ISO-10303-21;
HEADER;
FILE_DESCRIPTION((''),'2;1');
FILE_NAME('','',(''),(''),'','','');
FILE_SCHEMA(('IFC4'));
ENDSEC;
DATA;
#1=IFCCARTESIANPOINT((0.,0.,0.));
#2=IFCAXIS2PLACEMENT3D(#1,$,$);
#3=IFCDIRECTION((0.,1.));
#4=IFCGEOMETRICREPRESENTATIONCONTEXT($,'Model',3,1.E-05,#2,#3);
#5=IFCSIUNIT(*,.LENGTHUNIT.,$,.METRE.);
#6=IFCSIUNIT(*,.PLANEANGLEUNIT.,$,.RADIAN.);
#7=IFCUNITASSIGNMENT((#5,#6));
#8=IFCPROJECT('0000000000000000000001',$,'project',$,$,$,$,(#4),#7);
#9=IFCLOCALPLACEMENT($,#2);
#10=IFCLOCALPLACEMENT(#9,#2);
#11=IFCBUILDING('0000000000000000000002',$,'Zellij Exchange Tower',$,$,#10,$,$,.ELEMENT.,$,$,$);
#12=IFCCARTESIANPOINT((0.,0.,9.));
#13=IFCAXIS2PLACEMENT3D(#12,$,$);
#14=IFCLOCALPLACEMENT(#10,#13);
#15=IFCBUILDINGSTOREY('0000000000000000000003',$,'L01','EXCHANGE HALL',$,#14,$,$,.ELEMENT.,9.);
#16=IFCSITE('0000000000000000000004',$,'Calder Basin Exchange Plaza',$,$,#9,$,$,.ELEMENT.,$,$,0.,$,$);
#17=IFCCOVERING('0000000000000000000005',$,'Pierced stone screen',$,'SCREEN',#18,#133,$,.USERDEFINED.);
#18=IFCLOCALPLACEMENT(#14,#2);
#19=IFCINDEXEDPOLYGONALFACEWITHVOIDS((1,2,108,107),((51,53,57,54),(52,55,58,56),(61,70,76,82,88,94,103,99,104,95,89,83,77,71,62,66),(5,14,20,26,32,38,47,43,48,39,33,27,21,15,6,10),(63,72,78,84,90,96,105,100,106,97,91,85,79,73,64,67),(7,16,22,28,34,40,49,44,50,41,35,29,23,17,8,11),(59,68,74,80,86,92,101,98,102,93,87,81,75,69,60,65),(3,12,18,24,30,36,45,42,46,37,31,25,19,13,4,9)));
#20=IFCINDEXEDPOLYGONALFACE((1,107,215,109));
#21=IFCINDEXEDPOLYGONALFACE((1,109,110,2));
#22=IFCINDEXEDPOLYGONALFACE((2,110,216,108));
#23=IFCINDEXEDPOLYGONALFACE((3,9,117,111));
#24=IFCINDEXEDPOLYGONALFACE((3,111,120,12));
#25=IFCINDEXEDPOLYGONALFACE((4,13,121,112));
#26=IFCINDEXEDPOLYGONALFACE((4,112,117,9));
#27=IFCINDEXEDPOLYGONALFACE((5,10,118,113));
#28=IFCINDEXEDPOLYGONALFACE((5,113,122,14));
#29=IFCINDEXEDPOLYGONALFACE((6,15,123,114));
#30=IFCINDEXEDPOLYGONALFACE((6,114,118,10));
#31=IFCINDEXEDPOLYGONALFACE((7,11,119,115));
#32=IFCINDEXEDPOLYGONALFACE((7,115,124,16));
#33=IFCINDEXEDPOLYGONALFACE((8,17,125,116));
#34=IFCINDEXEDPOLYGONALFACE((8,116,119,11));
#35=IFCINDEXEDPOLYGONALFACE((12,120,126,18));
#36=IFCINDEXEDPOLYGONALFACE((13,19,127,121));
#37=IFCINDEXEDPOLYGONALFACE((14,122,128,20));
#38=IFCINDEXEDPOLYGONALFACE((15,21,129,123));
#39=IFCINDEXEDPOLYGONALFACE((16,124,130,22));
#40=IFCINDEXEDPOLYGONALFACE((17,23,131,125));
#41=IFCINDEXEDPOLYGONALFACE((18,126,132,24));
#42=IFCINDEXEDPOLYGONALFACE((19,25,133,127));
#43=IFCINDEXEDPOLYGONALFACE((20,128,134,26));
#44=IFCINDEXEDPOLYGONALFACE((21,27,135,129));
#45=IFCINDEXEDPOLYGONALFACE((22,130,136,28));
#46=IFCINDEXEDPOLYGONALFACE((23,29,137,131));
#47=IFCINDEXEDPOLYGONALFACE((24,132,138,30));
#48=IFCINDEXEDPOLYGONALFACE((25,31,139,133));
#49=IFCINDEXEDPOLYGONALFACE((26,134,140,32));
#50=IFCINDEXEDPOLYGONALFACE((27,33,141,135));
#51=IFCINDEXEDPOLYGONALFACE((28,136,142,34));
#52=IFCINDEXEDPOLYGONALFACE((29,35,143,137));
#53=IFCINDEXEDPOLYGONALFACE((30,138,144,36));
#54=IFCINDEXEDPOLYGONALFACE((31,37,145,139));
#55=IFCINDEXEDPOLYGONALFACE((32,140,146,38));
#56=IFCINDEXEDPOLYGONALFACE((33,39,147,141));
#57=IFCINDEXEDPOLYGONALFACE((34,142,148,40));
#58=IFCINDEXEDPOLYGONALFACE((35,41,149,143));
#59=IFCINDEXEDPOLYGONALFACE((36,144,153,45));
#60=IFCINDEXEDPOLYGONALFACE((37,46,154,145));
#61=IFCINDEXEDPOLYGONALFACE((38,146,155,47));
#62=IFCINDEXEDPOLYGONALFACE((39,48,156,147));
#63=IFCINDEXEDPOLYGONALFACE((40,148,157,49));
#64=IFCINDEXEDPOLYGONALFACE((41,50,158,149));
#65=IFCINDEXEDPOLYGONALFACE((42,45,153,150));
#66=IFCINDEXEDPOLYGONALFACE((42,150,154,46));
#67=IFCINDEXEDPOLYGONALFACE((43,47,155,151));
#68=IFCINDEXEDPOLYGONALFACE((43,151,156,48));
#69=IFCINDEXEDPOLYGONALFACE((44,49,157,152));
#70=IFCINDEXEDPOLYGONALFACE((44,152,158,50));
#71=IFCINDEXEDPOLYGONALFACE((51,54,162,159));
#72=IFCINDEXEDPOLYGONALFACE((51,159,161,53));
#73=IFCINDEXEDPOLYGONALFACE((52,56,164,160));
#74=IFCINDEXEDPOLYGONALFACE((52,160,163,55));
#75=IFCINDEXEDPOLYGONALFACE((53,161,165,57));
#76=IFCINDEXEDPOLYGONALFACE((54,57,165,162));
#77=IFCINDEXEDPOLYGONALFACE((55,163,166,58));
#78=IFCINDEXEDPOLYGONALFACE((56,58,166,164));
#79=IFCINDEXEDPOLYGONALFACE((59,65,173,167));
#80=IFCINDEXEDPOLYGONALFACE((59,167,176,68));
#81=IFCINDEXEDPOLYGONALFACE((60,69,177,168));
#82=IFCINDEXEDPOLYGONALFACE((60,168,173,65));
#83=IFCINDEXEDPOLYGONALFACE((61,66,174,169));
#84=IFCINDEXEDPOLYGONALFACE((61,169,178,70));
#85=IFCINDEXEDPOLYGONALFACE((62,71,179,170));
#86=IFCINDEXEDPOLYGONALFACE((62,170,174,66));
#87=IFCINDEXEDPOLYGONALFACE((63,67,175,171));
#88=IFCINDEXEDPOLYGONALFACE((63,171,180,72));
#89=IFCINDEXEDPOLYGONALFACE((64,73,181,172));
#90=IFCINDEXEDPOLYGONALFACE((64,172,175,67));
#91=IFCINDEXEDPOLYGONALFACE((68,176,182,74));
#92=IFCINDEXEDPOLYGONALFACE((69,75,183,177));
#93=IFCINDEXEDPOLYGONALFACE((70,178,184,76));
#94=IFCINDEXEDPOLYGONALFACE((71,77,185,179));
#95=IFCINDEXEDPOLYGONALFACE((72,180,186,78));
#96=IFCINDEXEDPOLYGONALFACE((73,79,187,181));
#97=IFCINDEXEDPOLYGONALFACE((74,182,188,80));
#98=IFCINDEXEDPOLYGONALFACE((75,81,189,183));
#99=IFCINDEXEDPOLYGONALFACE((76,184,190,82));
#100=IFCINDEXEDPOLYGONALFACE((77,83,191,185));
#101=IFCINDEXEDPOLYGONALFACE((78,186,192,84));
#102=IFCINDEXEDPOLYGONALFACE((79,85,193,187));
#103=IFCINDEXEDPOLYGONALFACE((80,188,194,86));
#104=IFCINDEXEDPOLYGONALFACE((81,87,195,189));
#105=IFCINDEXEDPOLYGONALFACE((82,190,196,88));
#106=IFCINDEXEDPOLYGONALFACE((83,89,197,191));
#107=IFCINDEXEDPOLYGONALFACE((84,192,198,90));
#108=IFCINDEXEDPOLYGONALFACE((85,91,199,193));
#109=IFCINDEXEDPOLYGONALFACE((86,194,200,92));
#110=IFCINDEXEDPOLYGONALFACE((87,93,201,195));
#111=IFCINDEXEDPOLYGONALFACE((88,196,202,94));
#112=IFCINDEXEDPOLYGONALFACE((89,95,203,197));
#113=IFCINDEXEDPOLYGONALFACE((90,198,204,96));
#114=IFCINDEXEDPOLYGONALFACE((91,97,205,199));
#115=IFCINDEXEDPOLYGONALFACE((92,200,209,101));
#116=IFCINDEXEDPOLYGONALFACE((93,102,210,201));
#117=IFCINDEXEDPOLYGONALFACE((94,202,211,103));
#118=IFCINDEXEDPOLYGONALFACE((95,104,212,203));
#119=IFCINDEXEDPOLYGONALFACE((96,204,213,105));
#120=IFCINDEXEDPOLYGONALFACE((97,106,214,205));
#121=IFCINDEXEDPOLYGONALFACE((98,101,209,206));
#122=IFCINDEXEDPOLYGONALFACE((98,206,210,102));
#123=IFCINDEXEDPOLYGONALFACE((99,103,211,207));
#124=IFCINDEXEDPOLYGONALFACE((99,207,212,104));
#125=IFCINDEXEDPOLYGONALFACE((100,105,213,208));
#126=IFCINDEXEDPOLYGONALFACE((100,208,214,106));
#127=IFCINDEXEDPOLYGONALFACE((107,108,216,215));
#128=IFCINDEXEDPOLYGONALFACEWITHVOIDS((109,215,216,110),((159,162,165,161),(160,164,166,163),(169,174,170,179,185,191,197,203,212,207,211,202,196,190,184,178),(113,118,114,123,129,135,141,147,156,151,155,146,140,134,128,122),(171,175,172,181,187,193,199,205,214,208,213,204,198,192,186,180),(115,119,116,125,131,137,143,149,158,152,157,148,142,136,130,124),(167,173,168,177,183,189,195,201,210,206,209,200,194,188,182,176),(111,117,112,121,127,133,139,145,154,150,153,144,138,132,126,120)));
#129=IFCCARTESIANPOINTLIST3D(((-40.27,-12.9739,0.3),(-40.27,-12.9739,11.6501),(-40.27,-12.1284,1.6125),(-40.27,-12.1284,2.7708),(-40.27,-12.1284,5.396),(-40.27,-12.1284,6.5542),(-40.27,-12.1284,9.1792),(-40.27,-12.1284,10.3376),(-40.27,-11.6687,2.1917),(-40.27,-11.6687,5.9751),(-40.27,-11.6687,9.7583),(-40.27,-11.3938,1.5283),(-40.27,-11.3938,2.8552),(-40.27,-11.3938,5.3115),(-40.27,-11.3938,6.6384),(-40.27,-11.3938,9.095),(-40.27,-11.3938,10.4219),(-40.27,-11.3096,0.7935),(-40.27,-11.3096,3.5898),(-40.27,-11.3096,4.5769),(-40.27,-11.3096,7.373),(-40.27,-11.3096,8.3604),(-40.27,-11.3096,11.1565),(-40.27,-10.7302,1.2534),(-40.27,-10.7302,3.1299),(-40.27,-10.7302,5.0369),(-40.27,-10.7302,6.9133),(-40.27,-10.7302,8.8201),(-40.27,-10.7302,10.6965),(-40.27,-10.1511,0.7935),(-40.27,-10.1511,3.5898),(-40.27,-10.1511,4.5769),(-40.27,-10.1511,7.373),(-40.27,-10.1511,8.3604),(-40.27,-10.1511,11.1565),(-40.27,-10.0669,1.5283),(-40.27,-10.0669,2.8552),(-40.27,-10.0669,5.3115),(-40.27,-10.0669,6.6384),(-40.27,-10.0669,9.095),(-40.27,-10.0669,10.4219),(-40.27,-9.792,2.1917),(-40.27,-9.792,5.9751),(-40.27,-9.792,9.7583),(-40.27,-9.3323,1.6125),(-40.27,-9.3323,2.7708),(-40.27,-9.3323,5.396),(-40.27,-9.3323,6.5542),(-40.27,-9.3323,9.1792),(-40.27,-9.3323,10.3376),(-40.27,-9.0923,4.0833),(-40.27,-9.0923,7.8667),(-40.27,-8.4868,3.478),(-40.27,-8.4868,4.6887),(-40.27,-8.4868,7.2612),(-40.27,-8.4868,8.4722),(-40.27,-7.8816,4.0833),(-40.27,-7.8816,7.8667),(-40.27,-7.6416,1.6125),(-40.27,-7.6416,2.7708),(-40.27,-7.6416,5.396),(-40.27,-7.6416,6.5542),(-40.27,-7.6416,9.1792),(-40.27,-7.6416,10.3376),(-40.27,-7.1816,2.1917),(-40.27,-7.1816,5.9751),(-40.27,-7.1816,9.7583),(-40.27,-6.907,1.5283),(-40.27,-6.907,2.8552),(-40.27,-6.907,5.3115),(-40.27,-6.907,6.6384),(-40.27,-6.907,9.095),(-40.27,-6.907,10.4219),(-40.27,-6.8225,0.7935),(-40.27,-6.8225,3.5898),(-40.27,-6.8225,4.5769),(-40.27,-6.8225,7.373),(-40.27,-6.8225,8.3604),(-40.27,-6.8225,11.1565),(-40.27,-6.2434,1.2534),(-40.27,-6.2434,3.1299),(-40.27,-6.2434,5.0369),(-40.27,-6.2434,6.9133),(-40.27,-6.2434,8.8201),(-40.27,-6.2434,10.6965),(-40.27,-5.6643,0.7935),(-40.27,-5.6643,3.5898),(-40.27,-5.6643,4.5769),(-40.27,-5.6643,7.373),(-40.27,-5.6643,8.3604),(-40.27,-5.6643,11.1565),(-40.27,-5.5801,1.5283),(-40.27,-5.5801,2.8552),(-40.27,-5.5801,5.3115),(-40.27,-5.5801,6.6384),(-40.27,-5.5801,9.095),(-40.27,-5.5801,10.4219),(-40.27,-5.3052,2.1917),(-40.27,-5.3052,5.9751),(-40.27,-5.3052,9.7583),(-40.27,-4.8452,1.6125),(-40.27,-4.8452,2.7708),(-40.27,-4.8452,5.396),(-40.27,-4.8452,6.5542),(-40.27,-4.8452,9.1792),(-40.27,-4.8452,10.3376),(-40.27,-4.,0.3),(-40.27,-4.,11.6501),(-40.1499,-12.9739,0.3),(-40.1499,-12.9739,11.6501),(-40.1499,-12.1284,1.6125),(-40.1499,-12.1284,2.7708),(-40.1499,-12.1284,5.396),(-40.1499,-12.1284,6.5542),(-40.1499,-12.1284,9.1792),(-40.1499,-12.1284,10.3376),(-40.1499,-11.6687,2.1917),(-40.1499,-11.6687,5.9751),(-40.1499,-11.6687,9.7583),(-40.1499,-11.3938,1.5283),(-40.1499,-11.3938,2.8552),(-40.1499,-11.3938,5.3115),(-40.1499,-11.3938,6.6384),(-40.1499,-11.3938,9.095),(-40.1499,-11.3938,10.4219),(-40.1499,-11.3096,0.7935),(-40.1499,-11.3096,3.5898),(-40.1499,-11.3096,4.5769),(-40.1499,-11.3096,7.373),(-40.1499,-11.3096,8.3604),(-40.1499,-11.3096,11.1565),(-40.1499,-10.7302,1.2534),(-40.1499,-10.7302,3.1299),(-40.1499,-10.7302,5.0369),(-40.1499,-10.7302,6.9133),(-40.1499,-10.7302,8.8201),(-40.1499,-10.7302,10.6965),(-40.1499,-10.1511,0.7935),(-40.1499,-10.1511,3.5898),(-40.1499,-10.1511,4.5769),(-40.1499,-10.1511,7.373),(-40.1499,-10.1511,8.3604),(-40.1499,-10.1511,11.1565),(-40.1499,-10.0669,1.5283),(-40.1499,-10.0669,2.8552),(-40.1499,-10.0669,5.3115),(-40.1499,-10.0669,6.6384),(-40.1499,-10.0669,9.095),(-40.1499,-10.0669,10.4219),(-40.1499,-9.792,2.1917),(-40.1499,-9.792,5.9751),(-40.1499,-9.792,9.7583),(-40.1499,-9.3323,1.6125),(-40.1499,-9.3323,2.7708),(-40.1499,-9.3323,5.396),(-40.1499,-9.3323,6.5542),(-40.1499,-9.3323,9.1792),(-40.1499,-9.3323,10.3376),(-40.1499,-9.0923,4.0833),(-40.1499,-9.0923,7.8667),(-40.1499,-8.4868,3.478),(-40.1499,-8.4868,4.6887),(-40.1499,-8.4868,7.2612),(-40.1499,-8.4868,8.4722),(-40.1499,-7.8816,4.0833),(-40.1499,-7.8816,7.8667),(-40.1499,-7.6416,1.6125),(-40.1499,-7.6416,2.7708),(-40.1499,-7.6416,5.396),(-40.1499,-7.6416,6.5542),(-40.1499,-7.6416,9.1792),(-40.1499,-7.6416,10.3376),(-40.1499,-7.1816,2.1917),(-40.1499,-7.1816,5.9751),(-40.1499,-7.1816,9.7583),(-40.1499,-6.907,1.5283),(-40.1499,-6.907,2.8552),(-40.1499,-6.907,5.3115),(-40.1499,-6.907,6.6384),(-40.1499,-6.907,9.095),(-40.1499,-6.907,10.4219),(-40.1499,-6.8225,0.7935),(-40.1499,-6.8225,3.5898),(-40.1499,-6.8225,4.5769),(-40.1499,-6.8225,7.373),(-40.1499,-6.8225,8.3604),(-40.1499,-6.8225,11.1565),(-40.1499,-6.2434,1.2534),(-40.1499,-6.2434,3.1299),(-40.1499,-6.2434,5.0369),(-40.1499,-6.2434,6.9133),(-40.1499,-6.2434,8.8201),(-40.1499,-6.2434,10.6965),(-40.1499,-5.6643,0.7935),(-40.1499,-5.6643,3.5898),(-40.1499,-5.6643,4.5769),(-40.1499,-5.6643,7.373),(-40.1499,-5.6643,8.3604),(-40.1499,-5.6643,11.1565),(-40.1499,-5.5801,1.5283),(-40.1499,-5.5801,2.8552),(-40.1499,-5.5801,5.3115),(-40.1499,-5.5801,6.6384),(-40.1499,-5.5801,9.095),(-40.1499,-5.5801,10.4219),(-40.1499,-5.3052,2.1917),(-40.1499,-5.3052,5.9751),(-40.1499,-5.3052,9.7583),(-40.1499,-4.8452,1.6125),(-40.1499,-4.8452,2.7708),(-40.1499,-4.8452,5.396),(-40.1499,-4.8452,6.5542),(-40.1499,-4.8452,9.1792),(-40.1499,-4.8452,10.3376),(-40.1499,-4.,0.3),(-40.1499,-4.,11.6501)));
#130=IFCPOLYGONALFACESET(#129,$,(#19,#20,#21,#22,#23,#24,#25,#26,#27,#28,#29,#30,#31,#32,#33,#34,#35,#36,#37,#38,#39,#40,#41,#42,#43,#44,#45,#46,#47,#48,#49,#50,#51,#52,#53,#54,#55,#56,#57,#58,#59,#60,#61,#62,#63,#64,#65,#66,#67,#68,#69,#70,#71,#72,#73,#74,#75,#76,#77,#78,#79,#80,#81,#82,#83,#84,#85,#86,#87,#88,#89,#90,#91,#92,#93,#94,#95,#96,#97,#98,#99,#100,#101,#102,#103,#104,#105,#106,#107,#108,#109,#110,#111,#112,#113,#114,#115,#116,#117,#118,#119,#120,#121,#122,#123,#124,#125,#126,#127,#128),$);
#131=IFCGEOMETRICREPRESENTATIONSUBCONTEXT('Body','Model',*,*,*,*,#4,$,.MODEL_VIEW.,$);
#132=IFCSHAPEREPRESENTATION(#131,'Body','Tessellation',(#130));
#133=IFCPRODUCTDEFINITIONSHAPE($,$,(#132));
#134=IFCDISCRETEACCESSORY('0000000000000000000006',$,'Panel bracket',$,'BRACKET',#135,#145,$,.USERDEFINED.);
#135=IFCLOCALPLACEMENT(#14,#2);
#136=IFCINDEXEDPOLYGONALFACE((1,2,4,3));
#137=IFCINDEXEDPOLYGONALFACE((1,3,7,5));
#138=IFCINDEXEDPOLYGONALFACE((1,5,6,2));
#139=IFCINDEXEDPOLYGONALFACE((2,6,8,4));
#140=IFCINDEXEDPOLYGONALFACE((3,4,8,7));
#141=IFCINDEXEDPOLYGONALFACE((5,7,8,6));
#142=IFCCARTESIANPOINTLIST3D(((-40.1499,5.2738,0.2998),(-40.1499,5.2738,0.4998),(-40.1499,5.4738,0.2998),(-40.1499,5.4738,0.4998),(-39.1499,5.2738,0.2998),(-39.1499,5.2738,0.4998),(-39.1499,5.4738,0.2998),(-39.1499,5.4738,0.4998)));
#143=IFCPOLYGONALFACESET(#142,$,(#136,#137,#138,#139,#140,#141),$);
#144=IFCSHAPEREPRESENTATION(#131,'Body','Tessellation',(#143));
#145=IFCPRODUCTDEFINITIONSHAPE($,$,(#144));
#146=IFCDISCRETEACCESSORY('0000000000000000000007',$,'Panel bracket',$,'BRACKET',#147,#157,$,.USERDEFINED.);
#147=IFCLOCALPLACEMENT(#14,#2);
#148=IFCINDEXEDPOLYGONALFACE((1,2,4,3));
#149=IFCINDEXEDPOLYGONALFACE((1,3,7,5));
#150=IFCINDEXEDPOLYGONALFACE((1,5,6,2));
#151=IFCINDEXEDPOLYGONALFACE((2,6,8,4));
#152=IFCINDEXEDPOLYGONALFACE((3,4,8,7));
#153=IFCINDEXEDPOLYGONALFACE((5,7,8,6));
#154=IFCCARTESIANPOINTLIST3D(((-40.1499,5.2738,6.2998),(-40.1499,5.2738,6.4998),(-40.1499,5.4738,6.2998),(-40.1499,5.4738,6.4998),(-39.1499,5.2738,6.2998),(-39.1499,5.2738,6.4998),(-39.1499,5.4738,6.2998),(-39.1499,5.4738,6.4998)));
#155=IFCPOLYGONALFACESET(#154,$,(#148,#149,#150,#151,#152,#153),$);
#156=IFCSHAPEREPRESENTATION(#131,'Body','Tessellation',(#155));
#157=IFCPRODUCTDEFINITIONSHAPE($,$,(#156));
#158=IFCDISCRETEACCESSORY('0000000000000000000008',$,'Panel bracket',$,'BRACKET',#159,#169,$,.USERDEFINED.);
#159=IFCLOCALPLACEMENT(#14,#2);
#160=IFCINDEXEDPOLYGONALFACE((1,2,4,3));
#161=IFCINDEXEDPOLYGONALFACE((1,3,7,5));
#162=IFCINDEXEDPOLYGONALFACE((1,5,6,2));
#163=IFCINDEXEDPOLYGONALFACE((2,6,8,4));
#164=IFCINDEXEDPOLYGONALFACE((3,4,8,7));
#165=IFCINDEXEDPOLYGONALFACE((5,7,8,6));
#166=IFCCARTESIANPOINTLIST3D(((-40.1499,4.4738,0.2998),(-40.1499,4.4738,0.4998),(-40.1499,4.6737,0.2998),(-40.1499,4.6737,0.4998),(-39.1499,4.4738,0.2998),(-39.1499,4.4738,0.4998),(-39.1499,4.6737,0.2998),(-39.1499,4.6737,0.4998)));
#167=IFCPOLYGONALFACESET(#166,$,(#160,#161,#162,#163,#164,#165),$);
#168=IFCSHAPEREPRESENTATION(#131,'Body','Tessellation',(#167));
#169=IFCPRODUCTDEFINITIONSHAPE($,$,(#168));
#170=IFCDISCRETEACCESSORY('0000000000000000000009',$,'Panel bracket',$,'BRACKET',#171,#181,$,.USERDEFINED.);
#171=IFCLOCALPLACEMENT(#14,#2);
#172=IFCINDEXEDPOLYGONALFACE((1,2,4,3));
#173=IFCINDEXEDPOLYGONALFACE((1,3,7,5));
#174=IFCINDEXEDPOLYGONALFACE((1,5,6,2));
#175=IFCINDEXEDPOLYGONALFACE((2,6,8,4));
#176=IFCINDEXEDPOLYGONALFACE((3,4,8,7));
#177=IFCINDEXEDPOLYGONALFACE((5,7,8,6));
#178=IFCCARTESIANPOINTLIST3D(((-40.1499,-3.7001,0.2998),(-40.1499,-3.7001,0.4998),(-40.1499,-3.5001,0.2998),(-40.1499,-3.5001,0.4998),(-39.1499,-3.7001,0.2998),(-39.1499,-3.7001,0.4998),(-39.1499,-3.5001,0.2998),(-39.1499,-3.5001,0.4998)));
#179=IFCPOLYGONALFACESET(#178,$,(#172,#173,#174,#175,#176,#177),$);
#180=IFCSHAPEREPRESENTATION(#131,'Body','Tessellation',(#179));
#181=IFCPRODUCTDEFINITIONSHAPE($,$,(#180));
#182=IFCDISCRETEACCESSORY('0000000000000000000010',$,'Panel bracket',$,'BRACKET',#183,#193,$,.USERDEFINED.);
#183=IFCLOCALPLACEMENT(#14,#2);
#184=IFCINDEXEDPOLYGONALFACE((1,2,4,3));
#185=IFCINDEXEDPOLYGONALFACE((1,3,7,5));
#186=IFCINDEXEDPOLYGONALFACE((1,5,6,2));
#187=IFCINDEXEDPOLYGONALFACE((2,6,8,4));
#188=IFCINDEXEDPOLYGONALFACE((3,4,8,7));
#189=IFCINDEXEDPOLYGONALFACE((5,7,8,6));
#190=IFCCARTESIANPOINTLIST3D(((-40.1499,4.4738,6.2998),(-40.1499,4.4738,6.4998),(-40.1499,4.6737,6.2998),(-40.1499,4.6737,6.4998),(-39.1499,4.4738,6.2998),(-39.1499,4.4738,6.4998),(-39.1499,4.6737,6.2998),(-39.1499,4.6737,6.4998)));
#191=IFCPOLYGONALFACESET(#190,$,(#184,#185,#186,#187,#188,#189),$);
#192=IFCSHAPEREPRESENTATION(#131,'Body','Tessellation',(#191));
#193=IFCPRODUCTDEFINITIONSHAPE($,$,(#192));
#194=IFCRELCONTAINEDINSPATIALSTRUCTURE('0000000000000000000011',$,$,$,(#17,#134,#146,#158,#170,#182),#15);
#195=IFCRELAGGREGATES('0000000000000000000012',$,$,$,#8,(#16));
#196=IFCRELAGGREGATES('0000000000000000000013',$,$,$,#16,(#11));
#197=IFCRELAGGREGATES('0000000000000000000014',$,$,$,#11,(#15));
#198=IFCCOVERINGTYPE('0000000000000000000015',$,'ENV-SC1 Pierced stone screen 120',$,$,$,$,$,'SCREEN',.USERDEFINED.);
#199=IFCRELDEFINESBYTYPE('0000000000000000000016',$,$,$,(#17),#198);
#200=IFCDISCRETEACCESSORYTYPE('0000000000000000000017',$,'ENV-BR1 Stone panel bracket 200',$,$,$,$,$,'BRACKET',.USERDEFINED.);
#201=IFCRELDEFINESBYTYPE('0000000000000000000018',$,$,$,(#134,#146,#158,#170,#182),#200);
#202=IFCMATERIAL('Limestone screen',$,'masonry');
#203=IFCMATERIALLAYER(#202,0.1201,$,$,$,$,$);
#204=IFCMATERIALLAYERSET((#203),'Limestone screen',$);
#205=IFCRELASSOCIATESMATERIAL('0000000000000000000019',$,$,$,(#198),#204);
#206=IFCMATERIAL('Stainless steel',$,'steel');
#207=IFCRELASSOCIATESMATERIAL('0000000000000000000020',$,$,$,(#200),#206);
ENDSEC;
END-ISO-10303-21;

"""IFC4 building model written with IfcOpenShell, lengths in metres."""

from ifc_helpers import new_model, si_unit, direction, frame, origin, origin_2d, place, context, subcontext, project, spatial, polyline, rectangle, outline, extrude, material, layer, layer_set, type_object, element, save


model = new_model("IFC4")

# Units and contexts
model_context = context("Model", 3, precision=1e-05, world=origin(), true_north=direction((0.0, 1.0)))
body_context = subcontext(model_context, "Body", "Model", "MODEL_VIEW")
ifc_project = project(units=[si_unit("LENGTHUNIT", "METRE"), si_unit("PLANEANGLEUNIT", "RADIAN")], contexts=[model_context])

# Site, building, storey
site_placement = place(None, origin())
site = spatial("IfcSite", under=ifc_project, at=site_placement, Name="Calder Basin Exchange Plaza", CompositionType="ELEMENT", RefElevation=0.0)
building_placement = place(site_placement, origin())
building = spatial("IfcBuilding", under=site, at=building_placement, Name="Zellij Exchange Tower", CompositionType="ELEMENT")
storey_placement = place(building_placement, frame((0.0, 0.0, 9.0)))
storey = spatial("IfcBuildingStorey", under=building, at=storey_placement, Name="L01", Description="EXCHANGE HALL", CompositionType="ELEMENT", Elevation=9.0)

# Covering
ifc_material_1 = material(Name="Limestone screen", Category="masonry")
ifc_layer_1 = layer(ifc_material_1, 0.1201)
ifc_layer_set_1 = layer_set([ifc_layer_1], Name="Limestone screen")
covering_type = type_object("IfcCoveringType", Name="ENV-SC1 Pierced stone screen 120", ElementType="SCREEN", PredefinedType="USERDEFINED", material=ifc_layer_set_1)
covering_1_placement = place(storey_placement, frame((-40.21, -4.0, 0.3), z_axis=(0.0, 0.0, 1.0), x_axis=(0.0, -1.0, 0.0)))
element("IfcCovering", 1, at=covering_1_placement, inside=storey, type_object=covering_type, Name="Pierced stone screen", ObjectType="SCREEN", PredefinedType="USERDEFINED", context=body_context, shape_type="SweptSolid", body=[
    extrude(outline(polyline([(0.0, 0.0), (8.9739, 0.0), (8.9739, 11.3501), (0.0, 11.3501), (0.0, 0.0)]), holes=[polyline([(3.6416, 2.4707), (2.907, 2.5552), (2.8225, 3.2898), (2.2434, 2.8298), (1.6643, 3.2898), (1.5801, 2.5552), (0.8452, 2.4707), (1.3052, 1.8916), (0.8452, 1.3125), (1.5801, 1.2283), (1.6643, 0.4934), (2.2434, 0.9534), (2.8225, 0.4934), (2.907, 1.2283), (3.6416, 1.3125), (3.1816, 1.8916), (3.6416, 2.4707)]), polyline([(3.6416, 6.2542), (2.907, 6.3384), (2.8225, 7.073), (2.2434, 6.6133), (1.6643, 7.073), (1.5801, 6.3384), (0.8452, 6.2542), (1.3052, 5.675), (0.8452, 5.0959), (1.5801, 5.0115), (1.6643, 4.2769), (2.2434, 4.7368), (2.8225, 4.2769), (2.907, 5.0115), (3.6416, 5.0959), (3.1816, 5.675), (3.6416, 6.2542)]), polyline([(3.6416, 10.0376), (2.907, 10.1218), (2.8225, 10.8564), (2.2434, 10.3965), (1.6643, 10.8564), (1.5801, 10.1218), (0.8452, 10.0376), (1.3052, 9.4583), (0.8452, 8.8792), (1.5801, 8.7949), (1.6643, 8.0603), (2.2434, 8.52), (2.8225, 8.0603), (2.907, 8.7949), (3.6416, 8.8792), (3.1816, 9.4583), (3.6416, 10.0376)]), polyline([(8.1284, 2.4707), (7.3938, 2.5552), (7.3096, 3.2898), (6.7302, 2.8298), (6.1511, 3.2898), (6.0669, 2.5552), (5.3323, 2.4707), (5.792, 1.8916), (5.3323, 1.3125), (6.0669, 1.2283), (6.1511, 0.4934), (6.7302, 0.9534), (7.3096, 0.4934), (7.3938, 1.2283), (8.1284, 1.3125), (7.6687, 1.8916), (8.1284, 2.4707)]), polyline([(8.1284, 6.2542), (7.3938, 6.3384), (7.3096, 7.073), (6.7302, 6.6133), (6.1511, 7.073), (6.0669, 6.3384), (5.3323, 6.2542), (5.792, 5.675), (5.3323, 5.0959), (6.0669, 5.0115), (6.1511, 4.2769), (6.7302, 4.7368), (7.3096, 4.2769), (7.3938, 5.0115), (8.1284, 5.0959), (7.6687, 5.675), (8.1284, 6.2542)]), polyline([(8.1284, 10.0376), (7.3938, 10.1218), (7.3096, 10.8564), (6.7302, 10.3965), (6.1511, 10.8564), (6.0669, 10.1218), (5.3323, 10.0376), (5.792, 9.4583), (5.3323, 8.8792), (6.0669, 8.7949), (6.1511, 8.0603), (6.7302, 8.52), (7.3096, 8.0603), (7.3938, 8.7949), (8.1284, 8.8792), (7.6687, 9.4583), (8.1284, 10.0376)]), polyline([(5.0923, 3.7832), (4.4868, 4.3887), (3.8816, 3.7832), (4.4868, 3.178), (5.0923, 3.7832)]), polyline([(5.0923, 7.5667), (4.4868, 8.1721), (3.8816, 7.5667), (4.4868, 6.9612), (5.0923, 7.5667)])]), frame((0.0, 0.0601, 0.0), z_axis=(0.0, -1.0, 0.0), x_axis=(1.0, 0.0, 0.0)), (0.0, 0.0, 1.0), 0.1201),
])

# Discrete accessories
ifc_material_2 = material(Name="Stainless steel", Category="steel")
discrete_accessory_type = type_object("IfcDiscreteAccessoryType", Name="ENV-BR1 Stone panel bracket 200", ElementType="BRACKET", PredefinedType="USERDEFINED", material=ifc_material_2)
for number, where, z_axis, x_axis, name in (
    (2, (-39.6499, 5.3738, 0.2998), (0.0, 0.0, 1.0), (0.0, -1.0, 0.0), "Panel bracket"),
    (3, (-39.6499, 5.3738, 6.2998), (0.0, 0.0, 1.0), (0.0, -1.0, 0.0), "Panel bracket"),
    (4, (-39.6499, 4.5737, 0.2998), (0.0, 0.0, 1.0), (0.0, -1.0, 0.0), "Panel bracket"),
    (5, (-39.6499, -3.6001, 0.2998), (0.0, 0.0, 1.0), (0.0, -1.0, 0.0), "Panel bracket"),
    (6, (-39.6499, 4.5737, 6.2998), (0.0, 0.0, 1.0), (0.0, -1.0, 0.0), "Panel bracket"),
):
    element("IfcDiscreteAccessory", number, at=place(storey_placement, frame(where, z_axis=z_axis, x_axis=x_axis)), inside=storey, type_object=discrete_accessory_type, Name=name, ObjectType="BRACKET", PredefinedType="USERDEFINED", context=body_context, shape_type="SweptSolid", body=[
        extrude(rectangle(XDim=0.2, YDim=1.0, at=origin_2d()), origin(), (0.0, 0.0, 1.0), 0.2),
    ])

save(model, "model.ifc")
